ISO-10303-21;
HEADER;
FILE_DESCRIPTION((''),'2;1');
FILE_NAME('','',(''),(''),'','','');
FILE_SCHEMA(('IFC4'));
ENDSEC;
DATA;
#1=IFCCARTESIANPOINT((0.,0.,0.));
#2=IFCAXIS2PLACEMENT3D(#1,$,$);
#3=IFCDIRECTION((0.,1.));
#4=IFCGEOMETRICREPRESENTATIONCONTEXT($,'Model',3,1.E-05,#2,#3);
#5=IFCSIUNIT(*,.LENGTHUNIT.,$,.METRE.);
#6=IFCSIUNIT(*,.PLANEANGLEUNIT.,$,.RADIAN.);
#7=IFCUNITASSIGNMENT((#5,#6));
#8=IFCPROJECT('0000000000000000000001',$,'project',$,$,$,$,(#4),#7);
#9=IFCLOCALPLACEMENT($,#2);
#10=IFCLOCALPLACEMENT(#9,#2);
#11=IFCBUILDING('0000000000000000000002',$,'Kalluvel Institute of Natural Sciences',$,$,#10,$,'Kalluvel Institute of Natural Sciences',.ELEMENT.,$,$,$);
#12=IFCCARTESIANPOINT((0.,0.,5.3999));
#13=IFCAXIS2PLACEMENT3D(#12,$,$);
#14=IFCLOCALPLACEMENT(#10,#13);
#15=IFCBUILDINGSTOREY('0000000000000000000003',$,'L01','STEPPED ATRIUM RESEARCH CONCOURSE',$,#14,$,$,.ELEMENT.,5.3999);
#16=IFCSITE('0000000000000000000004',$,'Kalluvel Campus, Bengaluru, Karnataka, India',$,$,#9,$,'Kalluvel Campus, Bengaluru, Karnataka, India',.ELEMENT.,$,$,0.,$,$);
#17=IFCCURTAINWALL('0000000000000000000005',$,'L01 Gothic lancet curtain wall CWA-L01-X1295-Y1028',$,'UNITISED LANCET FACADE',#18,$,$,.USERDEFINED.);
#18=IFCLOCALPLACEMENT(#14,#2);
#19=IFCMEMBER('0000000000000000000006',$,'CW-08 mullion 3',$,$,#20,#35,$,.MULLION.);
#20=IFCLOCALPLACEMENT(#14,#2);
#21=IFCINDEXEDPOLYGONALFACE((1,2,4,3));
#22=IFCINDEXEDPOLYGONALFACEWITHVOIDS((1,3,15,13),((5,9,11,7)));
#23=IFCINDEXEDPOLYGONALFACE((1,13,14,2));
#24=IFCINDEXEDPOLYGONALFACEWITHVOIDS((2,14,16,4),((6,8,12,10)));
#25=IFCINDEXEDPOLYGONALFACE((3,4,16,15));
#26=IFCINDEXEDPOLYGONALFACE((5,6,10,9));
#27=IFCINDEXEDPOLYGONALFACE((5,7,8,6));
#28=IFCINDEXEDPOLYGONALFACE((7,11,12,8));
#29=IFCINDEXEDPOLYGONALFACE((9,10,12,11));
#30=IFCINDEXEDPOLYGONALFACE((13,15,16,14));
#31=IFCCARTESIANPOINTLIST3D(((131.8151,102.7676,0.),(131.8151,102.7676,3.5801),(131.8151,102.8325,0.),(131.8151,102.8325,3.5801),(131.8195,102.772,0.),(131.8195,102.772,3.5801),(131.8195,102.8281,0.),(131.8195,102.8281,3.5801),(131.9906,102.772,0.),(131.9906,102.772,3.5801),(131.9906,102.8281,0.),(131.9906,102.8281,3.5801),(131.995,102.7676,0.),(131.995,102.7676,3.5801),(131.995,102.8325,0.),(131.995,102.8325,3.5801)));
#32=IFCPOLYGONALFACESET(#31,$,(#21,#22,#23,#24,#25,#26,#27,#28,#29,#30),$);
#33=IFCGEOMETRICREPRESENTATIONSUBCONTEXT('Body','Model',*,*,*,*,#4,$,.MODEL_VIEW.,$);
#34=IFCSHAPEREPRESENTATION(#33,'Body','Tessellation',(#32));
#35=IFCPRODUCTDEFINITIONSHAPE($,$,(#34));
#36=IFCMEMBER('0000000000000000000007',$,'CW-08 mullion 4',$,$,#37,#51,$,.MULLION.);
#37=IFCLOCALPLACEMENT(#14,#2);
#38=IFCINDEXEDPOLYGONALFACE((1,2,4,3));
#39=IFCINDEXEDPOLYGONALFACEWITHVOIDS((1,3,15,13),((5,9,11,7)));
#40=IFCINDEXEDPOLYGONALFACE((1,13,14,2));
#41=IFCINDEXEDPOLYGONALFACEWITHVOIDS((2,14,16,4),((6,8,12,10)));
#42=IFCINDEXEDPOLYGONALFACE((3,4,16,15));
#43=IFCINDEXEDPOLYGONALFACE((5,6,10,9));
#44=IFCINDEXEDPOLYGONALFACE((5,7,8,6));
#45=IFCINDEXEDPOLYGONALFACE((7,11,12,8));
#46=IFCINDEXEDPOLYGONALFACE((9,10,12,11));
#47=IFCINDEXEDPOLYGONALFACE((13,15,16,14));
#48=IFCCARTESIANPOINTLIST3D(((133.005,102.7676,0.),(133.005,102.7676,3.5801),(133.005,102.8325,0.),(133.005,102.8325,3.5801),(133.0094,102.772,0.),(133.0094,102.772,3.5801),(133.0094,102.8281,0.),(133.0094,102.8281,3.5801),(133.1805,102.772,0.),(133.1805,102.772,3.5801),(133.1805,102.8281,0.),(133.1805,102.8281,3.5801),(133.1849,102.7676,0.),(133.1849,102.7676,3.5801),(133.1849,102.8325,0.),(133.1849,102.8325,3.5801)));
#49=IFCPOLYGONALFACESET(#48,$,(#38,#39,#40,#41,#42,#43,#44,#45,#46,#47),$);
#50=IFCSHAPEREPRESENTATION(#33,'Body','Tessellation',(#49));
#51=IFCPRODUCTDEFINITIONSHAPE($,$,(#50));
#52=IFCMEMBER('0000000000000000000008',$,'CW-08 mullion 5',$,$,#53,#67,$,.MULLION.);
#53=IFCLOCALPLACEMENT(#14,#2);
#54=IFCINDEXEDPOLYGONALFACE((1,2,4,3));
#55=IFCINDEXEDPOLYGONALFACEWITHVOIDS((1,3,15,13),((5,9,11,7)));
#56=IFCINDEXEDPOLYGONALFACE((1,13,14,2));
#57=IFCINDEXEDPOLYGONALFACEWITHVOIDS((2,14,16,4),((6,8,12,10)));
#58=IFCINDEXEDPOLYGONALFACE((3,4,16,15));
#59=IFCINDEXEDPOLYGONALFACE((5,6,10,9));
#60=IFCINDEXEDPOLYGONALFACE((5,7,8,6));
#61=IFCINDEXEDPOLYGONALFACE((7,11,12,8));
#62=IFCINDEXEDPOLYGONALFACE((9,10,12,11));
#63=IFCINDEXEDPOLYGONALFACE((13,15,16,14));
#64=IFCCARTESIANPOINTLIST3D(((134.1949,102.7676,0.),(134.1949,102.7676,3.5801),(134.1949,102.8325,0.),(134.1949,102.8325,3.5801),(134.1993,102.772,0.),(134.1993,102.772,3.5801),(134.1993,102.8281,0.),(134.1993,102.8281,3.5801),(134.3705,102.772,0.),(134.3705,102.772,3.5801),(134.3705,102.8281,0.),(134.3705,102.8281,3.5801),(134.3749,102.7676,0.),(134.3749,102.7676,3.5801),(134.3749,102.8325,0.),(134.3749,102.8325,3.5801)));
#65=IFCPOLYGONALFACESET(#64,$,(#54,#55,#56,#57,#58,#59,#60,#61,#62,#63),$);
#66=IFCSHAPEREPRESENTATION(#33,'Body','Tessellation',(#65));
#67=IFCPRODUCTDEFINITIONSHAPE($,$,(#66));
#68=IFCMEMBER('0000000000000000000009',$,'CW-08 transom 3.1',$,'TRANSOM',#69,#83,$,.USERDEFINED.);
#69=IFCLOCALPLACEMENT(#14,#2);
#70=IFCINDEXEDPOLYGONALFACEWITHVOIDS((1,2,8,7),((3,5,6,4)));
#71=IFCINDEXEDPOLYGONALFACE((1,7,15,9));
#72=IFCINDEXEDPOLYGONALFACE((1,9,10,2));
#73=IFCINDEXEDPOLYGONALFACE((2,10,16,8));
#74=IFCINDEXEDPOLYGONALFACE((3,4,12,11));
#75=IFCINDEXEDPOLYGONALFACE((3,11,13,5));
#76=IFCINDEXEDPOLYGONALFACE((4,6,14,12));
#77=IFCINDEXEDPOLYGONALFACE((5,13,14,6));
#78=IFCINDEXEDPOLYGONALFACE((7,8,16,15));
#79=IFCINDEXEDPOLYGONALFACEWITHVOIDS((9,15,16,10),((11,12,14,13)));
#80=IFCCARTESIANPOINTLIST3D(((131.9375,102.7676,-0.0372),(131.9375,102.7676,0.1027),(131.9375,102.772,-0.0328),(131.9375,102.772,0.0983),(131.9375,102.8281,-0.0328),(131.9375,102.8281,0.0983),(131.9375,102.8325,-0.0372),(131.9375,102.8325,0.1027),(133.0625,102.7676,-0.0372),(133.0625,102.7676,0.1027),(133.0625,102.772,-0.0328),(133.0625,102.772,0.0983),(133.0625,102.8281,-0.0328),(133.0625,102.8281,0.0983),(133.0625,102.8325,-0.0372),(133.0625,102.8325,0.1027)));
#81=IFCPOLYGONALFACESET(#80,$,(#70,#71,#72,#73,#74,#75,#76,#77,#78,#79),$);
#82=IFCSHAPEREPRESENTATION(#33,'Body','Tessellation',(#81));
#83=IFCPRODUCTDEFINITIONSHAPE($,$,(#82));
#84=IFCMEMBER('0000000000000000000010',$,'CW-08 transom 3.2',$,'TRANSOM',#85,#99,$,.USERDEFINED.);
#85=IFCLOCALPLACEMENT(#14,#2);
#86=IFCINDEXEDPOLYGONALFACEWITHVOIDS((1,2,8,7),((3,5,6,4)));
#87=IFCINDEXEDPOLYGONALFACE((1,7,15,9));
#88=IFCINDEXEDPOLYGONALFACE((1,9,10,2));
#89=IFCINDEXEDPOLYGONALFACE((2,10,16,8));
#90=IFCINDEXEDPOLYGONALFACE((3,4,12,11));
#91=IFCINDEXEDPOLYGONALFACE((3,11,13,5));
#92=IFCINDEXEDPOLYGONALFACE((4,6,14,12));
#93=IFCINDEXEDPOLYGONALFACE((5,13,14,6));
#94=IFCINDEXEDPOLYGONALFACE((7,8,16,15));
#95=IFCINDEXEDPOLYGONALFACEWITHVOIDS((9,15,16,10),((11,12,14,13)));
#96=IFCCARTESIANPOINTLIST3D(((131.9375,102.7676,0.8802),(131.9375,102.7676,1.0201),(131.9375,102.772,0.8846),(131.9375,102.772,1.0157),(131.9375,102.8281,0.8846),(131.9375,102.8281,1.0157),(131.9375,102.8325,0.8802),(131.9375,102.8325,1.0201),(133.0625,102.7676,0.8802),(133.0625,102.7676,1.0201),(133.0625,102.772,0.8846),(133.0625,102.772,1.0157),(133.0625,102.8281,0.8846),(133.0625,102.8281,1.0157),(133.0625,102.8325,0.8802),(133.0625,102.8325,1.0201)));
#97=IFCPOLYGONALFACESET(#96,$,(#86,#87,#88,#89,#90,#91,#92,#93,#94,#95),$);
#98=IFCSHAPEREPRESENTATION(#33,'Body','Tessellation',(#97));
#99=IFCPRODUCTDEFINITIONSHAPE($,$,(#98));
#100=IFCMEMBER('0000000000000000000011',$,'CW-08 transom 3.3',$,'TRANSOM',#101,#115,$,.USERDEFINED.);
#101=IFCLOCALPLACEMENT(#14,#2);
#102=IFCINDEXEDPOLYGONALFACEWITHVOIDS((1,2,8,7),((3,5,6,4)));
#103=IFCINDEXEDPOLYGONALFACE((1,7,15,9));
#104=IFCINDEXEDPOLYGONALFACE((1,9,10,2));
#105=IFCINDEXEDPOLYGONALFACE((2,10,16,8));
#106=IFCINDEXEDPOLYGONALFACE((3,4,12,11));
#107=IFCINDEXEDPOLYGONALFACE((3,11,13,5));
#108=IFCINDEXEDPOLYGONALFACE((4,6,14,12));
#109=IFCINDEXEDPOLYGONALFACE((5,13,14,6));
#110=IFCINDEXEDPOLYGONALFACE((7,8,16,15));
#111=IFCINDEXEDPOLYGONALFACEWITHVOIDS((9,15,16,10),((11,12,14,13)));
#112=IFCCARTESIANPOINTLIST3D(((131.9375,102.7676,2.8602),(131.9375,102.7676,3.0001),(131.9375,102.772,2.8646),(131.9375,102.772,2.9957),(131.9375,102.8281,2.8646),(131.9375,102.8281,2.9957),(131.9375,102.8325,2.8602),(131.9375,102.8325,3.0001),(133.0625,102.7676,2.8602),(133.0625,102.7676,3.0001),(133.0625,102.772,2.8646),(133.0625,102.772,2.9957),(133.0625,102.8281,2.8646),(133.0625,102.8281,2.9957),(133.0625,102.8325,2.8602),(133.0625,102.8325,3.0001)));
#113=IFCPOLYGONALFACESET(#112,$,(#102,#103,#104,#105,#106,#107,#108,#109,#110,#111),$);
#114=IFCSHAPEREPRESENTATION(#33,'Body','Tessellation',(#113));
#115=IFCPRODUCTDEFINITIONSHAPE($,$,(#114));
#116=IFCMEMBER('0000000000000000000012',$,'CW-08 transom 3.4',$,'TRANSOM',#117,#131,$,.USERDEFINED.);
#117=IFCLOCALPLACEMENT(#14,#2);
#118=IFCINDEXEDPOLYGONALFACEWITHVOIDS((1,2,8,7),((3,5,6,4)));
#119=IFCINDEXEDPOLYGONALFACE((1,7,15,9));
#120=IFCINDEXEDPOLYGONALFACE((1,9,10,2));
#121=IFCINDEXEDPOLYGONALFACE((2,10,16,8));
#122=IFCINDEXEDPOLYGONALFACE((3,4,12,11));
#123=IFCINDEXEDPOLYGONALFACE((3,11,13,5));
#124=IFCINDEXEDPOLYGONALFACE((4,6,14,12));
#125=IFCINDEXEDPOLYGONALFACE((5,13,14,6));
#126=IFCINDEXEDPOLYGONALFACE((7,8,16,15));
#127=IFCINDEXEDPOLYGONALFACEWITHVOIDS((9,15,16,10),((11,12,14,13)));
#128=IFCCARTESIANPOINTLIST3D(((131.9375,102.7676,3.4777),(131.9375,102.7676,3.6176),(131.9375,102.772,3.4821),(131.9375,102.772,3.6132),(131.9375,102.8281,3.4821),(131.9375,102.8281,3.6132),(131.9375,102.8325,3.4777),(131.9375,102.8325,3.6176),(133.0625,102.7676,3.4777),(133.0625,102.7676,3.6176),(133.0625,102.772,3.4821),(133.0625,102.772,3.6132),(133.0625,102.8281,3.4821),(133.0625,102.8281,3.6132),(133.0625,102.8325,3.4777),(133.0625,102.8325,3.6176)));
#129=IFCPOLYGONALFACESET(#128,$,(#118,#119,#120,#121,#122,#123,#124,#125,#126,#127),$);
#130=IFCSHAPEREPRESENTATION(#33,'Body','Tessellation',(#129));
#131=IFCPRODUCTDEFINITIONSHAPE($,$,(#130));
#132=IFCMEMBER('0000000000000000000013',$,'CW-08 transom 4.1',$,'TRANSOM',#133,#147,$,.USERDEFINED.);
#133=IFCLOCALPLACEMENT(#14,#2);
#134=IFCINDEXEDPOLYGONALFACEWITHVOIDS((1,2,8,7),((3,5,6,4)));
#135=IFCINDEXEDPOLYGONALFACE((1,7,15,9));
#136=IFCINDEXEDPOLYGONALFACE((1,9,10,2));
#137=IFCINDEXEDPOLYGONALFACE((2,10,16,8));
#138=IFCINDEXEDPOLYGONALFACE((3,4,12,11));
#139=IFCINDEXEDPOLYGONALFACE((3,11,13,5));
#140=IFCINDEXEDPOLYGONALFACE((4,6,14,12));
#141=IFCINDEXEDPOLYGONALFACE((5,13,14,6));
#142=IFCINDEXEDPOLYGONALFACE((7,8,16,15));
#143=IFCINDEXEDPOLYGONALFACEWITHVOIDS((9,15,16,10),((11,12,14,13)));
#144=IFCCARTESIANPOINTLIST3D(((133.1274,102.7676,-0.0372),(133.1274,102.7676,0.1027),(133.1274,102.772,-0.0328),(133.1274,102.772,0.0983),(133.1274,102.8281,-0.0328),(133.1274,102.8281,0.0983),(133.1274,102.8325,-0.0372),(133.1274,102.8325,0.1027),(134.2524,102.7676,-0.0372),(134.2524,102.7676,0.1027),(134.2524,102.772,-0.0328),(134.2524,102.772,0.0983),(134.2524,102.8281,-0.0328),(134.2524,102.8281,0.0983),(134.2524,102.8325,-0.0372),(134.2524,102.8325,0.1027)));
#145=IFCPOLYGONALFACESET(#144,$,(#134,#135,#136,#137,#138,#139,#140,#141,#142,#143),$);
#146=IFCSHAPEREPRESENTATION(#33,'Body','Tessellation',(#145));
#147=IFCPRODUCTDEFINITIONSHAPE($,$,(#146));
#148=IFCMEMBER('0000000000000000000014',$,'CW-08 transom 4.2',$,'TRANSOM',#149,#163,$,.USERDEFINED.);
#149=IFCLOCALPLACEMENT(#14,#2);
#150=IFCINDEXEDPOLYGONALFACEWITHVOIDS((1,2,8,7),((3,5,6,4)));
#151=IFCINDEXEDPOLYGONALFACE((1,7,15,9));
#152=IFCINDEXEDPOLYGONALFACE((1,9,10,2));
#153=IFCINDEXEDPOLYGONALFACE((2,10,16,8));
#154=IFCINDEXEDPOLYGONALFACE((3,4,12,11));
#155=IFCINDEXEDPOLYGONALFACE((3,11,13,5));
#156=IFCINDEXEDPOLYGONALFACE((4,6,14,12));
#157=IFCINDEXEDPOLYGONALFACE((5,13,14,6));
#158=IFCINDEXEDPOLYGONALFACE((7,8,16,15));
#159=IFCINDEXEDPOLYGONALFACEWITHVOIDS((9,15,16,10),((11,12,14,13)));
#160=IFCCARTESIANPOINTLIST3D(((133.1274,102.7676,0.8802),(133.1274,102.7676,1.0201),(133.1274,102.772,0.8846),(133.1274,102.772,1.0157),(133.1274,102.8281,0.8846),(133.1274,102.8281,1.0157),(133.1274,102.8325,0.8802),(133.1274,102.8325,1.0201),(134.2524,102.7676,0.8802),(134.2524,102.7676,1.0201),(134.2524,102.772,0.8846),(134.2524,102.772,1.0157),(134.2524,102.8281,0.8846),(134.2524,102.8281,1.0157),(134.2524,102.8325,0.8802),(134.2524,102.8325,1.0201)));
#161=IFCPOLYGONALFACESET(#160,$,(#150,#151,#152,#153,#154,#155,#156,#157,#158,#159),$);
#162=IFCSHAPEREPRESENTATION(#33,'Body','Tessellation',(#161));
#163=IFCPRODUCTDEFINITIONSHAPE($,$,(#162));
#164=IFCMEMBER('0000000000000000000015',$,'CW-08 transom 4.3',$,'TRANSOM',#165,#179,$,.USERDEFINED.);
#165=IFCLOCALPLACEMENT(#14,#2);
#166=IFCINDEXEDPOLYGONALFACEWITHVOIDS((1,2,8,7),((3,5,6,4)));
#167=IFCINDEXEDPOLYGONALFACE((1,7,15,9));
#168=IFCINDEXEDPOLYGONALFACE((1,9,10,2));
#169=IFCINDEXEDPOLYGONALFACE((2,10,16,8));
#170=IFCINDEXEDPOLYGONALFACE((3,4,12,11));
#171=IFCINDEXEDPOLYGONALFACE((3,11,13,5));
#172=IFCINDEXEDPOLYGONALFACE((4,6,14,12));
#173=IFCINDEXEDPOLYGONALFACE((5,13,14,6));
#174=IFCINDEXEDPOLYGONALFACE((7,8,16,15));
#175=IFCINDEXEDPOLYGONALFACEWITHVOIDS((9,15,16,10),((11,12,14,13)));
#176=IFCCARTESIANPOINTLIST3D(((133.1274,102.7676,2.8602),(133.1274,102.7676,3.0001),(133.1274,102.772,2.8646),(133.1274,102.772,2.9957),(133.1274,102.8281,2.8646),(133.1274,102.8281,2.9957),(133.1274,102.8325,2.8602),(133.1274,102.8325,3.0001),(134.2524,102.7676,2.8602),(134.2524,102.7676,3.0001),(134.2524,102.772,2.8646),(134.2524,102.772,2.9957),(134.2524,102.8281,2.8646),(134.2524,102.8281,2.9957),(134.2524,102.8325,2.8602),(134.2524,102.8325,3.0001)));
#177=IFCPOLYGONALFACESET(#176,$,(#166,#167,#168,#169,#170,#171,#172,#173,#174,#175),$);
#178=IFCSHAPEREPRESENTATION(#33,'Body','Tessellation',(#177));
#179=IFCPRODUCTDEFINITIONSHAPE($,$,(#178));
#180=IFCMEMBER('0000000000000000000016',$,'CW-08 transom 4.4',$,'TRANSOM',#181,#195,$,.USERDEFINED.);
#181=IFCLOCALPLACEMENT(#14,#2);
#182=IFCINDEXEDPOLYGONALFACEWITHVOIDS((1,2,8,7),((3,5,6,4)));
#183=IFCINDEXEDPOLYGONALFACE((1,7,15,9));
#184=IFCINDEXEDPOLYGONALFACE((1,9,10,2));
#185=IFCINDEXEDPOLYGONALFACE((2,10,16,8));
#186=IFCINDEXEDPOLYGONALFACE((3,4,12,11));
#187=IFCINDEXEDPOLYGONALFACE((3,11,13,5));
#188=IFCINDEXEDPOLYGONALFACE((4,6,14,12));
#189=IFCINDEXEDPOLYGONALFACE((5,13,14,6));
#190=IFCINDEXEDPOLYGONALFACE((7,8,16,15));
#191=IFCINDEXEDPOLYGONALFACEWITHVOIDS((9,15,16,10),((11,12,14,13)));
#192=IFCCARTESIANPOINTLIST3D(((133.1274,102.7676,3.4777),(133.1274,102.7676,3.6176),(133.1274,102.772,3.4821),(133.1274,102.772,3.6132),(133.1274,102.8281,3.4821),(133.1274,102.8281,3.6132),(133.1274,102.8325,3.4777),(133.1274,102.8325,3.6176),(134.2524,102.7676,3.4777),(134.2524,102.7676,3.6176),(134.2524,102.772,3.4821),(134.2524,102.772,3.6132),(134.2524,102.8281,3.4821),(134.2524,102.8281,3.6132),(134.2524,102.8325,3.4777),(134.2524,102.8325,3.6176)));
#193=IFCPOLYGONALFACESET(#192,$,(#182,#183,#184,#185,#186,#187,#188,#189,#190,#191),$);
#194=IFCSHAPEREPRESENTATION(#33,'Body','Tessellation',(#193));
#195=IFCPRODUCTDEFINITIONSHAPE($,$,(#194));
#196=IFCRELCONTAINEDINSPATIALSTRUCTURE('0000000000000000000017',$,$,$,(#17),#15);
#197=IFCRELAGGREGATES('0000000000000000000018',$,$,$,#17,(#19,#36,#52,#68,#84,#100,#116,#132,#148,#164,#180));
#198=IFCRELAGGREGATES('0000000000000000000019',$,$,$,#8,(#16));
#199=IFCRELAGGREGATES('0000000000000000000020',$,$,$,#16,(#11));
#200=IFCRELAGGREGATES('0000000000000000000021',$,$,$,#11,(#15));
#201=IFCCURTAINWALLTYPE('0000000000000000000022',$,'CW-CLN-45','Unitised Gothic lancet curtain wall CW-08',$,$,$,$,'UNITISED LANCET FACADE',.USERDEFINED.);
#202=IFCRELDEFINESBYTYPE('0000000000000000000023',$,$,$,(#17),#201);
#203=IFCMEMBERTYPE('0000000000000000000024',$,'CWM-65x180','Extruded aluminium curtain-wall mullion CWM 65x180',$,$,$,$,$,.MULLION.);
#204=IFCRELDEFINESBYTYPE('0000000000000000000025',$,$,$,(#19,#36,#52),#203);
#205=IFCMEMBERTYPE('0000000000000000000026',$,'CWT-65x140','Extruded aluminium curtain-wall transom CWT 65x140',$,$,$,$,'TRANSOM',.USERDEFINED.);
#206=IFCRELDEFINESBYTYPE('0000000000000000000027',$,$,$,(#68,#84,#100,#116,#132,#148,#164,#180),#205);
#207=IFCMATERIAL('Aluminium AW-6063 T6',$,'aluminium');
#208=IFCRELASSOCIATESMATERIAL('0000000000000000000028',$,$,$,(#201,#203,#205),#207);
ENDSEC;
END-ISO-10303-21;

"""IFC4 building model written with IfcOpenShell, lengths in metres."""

from ifc_helpers import new_model, si_unit, direction, frame, origin, origin_2d, place, context, subcontext, project, spatial, hollow_rectangle, extrude, material, material_profile, profile_set, type_object, element, aggregate, save


model = new_model("IFC4")

# Units and contexts
model_context = context("Model", 3, precision=1e-05, world=origin(), true_north=direction((0.0, 1.0)))
body_context = subcontext(model_context, "Body", "Model", "MODEL_VIEW")
ifc_project = project(units=[si_unit("LENGTHUNIT", "METRE"), si_unit("PLANEANGLEUNIT", "RADIAN")], contexts=[model_context])

# Site, building, storey
site_placement = place(None, origin())
site = spatial("IfcSite", under=ifc_project, at=site_placement, Name="Kalluvel Campus, Bengaluru, Karnataka, India", LongName="Kalluvel Campus, Bengaluru, Karnataka, India", CompositionType="ELEMENT", RefElevation=0.0)
building_placement = place(site_placement, origin())
building = spatial("IfcBuilding", under=site, at=building_placement, Name="Kalluvel Institute of Natural Sciences", LongName="Kalluvel Institute of Natural Sciences", CompositionType="ELEMENT")
storey_placement = place(building_placement, frame((0.0, 0.0, 5.3999)))
storey = spatial("IfcBuildingStorey", under=building, at=storey_placement, Name="L01", Description="STEPPED ATRIUM RESEARCH CONCOURSE", CompositionType="ELEMENT", Elevation=5.3999)

# Curtain wall, members
ifc_material_1 = material(Name="Aluminium AW-6063 T6", Category="aluminium")
curtain_wall_type = type_object("IfcCurtainWallType", Name="CW-CLN-45", Description="Unitised Gothic lancet curtain wall CW-08", ElementType="UNITISED LANCET FACADE", PredefinedType="USERDEFINED", material=ifc_material_1)
curtain_wall_placement = place(storey_placement, origin())
curtain_wall = element("IfcCurtainWall", 1, at=curtain_wall_placement, inside=storey, type_object=curtain_wall_type, Name="L01 Gothic lancet curtain wall CWA-L01-X1295-Y1028", ObjectType="UNITISED LANCET FACADE", PredefinedType="USERDEFINED")
ifc_material_profile_1 = material_profile(ifc_material_1, hollow_rectangle(XDim=0.0649, YDim=0.1799, WallThickness=0.0044, at=origin_2d()), Name="CWM 65x180")
ifc_profile_set_1 = profile_set([ifc_material_profile_1], Name="Aluminium AW-6063 T6")
member_type_1 = type_object("IfcMemberType", Name="CWM-65x180", Description="Extruded aluminium curtain-wall mullion CWM 65x180", PredefinedType="MULLION", material=ifc_profile_set_1)
member_1_placement = place(storey_placement, frame((131.905, 102.8, 0.0), z_axis=(0.0, 0.0, 1.0), x_axis=(0.0, 1.0, 0.0)))
member_1 = element("IfcMember", 2, at=member_1_placement, type_object=member_type_1, Name="CW-08 mullion 3", PredefinedType="MULLION", context=body_context, shape_type="SweptSolid", body=[
    extrude(hollow_rectangle(XDim=0.0649, YDim=0.1799, WallThickness=0.0044, at=origin_2d()), origin(), (0.0, 0.0, 1.0), 3.5801),
])
member_2_placement = place(storey_placement, frame((133.095, 102.8, 0.0), z_axis=(0.0, 0.0, 1.0), x_axis=(0.0, 1.0, 0.0)))
member_2 = element("IfcMember", 3, at=member_2_placement, type_object=member_type_1, Name="CW-08 mullion 4", PredefinedType="MULLION", context=body_context, shape_type="SweptSolid", body=[
    extrude(hollow_rectangle(XDim=0.0649, YDim=0.1799, WallThickness=0.0044, at=origin_2d()), origin(), (0.0, 0.0, 1.0), 3.5801),
])
member_3_placement = place(storey_placement, frame((134.2849, 102.8, 0.0), z_axis=(0.0, 0.0, 1.0), x_axis=(0.0, 1.0, 0.0)))
member_3 = element("IfcMember", 4, at=member_3_placement, type_object=member_type_1, Name="CW-08 mullion 5", PredefinedType="MULLION", context=body_context, shape_type="SweptSolid", body=[
    extrude(hollow_rectangle(XDim=0.0649, YDim=0.1799, WallThickness=0.0044, at=origin_2d()), origin(), (0.0, 0.0, 1.0), 3.5801),
])
ifc_material_profile_2 = material_profile(ifc_material_1, hollow_rectangle(XDim=0.0649, YDim=0.1399, WallThickness=0.0044, at=origin_2d()), Name="CWT 65x140")
ifc_profile_set_2 = profile_set([ifc_material_profile_2], Name="Aluminium AW-6063 T6")
member_type_2 = type_object("IfcMemberType", Name="CWT-65x140", Description="Extruded aluminium curtain-wall transom CWT 65x140", ElementType="TRANSOM", PredefinedType="USERDEFINED", material=ifc_profile_set_2)
member_4_placement = place(storey_placement, frame((131.9375, 102.8, 0.0327), z_axis=(1.0, 0.0, 0.0), x_axis=(0.0, 1.0, 0.0)))
member_4 = element("IfcMember", 5, at=member_4_placement, type_object=member_type_2, Name="CW-08 transom 3.1", ObjectType="TRANSOM", PredefinedType="USERDEFINED", context=body_context, shape_type="SweptSolid", body=[
    extrude(hollow_rectangle(XDim=0.0649, YDim=0.1399, WallThickness=0.0044, at=origin_2d()), origin(), (0.0, 0.0, 1.0), 1.125),
])
member_5_placement = place(storey_placement, frame((131.9375, 102.8, 0.9502), z_axis=(1.0, 0.0, 0.0), x_axis=(0.0, 1.0, 0.0)))
member_5 = element("IfcMember", 6, at=member_5_placement, type_object=member_type_2, Name="CW-08 transom 3.2", ObjectType="TRANSOM", PredefinedType="USERDEFINED", context=body_context, shape_type="SweptSolid", body=[
    extrude(hollow_rectangle(XDim=0.0649, YDim=0.1399, WallThickness=0.0044, at=origin_2d()), origin(), (0.0, 0.0, 1.0), 1.125),
])
member_6_placement = place(storey_placement, frame((131.9375, 102.8, 2.9302), z_axis=(1.0, 0.0, 0.0), x_axis=(0.0, 1.0, 0.0)))
member_6 = element("IfcMember", 7, at=member_6_placement, type_object=member_type_2, Name="CW-08 transom 3.3", ObjectType="TRANSOM", PredefinedType="USERDEFINED", context=body_context, shape_type="SweptSolid", body=[
    extrude(hollow_rectangle(XDim=0.0649, YDim=0.1399, WallThickness=0.0044, at=origin_2d()), origin(), (0.0, 0.0, 1.0), 1.125),
])
member_7_placement = place(storey_placement, frame((131.9375, 102.8, 3.5476), z_axis=(1.0, 0.0, 0.0), x_axis=(0.0, 1.0, 0.0)))
member_7 = element("IfcMember", 8, at=member_7_placement, type_object=member_type_2, Name="CW-08 transom 3.4", ObjectType="TRANSOM", PredefinedType="USERDEFINED", context=body_context, shape_type="SweptSolid", body=[
    extrude(hollow_rectangle(XDim=0.0649, YDim=0.1399, WallThickness=0.0044, at=origin_2d()), origin(), (0.0, 0.0, 1.0), 1.125),
])
member_8_placement = place(storey_placement, frame((133.1274, 102.8, 0.0327), z_axis=(1.0, 0.0, 0.0), x_axis=(0.0, 1.0, 0.0)))
member_8 = element("IfcMember", 9, at=member_8_placement, type_object=member_type_2, Name="CW-08 transom 4.1", ObjectType="TRANSOM", PredefinedType="USERDEFINED", context=body_context, shape_type="SweptSolid", body=[
    extrude(hollow_rectangle(XDim=0.0649, YDim=0.1399, WallThickness=0.0044, at=origin_2d()), origin(), (0.0, 0.0, 1.0), 1.125),
])
member_9_placement = place(storey_placement, frame((133.1274, 102.8, 0.9502), z_axis=(1.0, 0.0, 0.0), x_axis=(0.0, 1.0, 0.0)))
member_9 = element("IfcMember", 10, at=member_9_placement, type_object=member_type_2, Name="CW-08 transom 4.2", ObjectType="TRANSOM", PredefinedType="USERDEFINED", context=body_context, shape_type="SweptSolid", body=[
    extrude(hollow_rectangle(XDim=0.0649, YDim=0.1399, WallThickness=0.0044, at=origin_2d()), origin(), (0.0, 0.0, 1.0), 1.125),
])
member_10_placement = place(storey_placement, frame((133.1274, 102.8, 2.9302), z_axis=(1.0, 0.0, 0.0), x_axis=(0.0, 1.0, 0.0)))
member_10 = element("IfcMember", 11, at=member_10_placement, type_object=member_type_2, Name="CW-08 transom 4.3", ObjectType="TRANSOM", PredefinedType="USERDEFINED", context=body_context, shape_type="SweptSolid", body=[
    extrude(hollow_rectangle(XDim=0.0649, YDim=0.1399, WallThickness=0.0044, at=origin_2d()), origin(), (0.0, 0.0, 1.0), 1.125),
])
member_11_placement = place(storey_placement, frame((133.1274, 102.8, 3.5476), z_axis=(1.0, 0.0, 0.0), x_axis=(0.0, 1.0, 0.0)))
member_11 = element("IfcMember", 12, at=member_11_placement, type_object=member_type_2, Name="CW-08 transom 4.4", ObjectType="TRANSOM", PredefinedType="USERDEFINED", context=body_context, shape_type="SweptSolid", body=[
    extrude(hollow_rectangle(XDim=0.0649, YDim=0.1399, WallThickness=0.0044, at=origin_2d()), origin(), (0.0, 0.0, 1.0), 1.125),
])
aggregate(curtain_wall, [member_1, member_2, member_3, member_4, member_5, member_6, member_7, member_8, member_9, member_10, member_11])

save(model, "model.ifc")
